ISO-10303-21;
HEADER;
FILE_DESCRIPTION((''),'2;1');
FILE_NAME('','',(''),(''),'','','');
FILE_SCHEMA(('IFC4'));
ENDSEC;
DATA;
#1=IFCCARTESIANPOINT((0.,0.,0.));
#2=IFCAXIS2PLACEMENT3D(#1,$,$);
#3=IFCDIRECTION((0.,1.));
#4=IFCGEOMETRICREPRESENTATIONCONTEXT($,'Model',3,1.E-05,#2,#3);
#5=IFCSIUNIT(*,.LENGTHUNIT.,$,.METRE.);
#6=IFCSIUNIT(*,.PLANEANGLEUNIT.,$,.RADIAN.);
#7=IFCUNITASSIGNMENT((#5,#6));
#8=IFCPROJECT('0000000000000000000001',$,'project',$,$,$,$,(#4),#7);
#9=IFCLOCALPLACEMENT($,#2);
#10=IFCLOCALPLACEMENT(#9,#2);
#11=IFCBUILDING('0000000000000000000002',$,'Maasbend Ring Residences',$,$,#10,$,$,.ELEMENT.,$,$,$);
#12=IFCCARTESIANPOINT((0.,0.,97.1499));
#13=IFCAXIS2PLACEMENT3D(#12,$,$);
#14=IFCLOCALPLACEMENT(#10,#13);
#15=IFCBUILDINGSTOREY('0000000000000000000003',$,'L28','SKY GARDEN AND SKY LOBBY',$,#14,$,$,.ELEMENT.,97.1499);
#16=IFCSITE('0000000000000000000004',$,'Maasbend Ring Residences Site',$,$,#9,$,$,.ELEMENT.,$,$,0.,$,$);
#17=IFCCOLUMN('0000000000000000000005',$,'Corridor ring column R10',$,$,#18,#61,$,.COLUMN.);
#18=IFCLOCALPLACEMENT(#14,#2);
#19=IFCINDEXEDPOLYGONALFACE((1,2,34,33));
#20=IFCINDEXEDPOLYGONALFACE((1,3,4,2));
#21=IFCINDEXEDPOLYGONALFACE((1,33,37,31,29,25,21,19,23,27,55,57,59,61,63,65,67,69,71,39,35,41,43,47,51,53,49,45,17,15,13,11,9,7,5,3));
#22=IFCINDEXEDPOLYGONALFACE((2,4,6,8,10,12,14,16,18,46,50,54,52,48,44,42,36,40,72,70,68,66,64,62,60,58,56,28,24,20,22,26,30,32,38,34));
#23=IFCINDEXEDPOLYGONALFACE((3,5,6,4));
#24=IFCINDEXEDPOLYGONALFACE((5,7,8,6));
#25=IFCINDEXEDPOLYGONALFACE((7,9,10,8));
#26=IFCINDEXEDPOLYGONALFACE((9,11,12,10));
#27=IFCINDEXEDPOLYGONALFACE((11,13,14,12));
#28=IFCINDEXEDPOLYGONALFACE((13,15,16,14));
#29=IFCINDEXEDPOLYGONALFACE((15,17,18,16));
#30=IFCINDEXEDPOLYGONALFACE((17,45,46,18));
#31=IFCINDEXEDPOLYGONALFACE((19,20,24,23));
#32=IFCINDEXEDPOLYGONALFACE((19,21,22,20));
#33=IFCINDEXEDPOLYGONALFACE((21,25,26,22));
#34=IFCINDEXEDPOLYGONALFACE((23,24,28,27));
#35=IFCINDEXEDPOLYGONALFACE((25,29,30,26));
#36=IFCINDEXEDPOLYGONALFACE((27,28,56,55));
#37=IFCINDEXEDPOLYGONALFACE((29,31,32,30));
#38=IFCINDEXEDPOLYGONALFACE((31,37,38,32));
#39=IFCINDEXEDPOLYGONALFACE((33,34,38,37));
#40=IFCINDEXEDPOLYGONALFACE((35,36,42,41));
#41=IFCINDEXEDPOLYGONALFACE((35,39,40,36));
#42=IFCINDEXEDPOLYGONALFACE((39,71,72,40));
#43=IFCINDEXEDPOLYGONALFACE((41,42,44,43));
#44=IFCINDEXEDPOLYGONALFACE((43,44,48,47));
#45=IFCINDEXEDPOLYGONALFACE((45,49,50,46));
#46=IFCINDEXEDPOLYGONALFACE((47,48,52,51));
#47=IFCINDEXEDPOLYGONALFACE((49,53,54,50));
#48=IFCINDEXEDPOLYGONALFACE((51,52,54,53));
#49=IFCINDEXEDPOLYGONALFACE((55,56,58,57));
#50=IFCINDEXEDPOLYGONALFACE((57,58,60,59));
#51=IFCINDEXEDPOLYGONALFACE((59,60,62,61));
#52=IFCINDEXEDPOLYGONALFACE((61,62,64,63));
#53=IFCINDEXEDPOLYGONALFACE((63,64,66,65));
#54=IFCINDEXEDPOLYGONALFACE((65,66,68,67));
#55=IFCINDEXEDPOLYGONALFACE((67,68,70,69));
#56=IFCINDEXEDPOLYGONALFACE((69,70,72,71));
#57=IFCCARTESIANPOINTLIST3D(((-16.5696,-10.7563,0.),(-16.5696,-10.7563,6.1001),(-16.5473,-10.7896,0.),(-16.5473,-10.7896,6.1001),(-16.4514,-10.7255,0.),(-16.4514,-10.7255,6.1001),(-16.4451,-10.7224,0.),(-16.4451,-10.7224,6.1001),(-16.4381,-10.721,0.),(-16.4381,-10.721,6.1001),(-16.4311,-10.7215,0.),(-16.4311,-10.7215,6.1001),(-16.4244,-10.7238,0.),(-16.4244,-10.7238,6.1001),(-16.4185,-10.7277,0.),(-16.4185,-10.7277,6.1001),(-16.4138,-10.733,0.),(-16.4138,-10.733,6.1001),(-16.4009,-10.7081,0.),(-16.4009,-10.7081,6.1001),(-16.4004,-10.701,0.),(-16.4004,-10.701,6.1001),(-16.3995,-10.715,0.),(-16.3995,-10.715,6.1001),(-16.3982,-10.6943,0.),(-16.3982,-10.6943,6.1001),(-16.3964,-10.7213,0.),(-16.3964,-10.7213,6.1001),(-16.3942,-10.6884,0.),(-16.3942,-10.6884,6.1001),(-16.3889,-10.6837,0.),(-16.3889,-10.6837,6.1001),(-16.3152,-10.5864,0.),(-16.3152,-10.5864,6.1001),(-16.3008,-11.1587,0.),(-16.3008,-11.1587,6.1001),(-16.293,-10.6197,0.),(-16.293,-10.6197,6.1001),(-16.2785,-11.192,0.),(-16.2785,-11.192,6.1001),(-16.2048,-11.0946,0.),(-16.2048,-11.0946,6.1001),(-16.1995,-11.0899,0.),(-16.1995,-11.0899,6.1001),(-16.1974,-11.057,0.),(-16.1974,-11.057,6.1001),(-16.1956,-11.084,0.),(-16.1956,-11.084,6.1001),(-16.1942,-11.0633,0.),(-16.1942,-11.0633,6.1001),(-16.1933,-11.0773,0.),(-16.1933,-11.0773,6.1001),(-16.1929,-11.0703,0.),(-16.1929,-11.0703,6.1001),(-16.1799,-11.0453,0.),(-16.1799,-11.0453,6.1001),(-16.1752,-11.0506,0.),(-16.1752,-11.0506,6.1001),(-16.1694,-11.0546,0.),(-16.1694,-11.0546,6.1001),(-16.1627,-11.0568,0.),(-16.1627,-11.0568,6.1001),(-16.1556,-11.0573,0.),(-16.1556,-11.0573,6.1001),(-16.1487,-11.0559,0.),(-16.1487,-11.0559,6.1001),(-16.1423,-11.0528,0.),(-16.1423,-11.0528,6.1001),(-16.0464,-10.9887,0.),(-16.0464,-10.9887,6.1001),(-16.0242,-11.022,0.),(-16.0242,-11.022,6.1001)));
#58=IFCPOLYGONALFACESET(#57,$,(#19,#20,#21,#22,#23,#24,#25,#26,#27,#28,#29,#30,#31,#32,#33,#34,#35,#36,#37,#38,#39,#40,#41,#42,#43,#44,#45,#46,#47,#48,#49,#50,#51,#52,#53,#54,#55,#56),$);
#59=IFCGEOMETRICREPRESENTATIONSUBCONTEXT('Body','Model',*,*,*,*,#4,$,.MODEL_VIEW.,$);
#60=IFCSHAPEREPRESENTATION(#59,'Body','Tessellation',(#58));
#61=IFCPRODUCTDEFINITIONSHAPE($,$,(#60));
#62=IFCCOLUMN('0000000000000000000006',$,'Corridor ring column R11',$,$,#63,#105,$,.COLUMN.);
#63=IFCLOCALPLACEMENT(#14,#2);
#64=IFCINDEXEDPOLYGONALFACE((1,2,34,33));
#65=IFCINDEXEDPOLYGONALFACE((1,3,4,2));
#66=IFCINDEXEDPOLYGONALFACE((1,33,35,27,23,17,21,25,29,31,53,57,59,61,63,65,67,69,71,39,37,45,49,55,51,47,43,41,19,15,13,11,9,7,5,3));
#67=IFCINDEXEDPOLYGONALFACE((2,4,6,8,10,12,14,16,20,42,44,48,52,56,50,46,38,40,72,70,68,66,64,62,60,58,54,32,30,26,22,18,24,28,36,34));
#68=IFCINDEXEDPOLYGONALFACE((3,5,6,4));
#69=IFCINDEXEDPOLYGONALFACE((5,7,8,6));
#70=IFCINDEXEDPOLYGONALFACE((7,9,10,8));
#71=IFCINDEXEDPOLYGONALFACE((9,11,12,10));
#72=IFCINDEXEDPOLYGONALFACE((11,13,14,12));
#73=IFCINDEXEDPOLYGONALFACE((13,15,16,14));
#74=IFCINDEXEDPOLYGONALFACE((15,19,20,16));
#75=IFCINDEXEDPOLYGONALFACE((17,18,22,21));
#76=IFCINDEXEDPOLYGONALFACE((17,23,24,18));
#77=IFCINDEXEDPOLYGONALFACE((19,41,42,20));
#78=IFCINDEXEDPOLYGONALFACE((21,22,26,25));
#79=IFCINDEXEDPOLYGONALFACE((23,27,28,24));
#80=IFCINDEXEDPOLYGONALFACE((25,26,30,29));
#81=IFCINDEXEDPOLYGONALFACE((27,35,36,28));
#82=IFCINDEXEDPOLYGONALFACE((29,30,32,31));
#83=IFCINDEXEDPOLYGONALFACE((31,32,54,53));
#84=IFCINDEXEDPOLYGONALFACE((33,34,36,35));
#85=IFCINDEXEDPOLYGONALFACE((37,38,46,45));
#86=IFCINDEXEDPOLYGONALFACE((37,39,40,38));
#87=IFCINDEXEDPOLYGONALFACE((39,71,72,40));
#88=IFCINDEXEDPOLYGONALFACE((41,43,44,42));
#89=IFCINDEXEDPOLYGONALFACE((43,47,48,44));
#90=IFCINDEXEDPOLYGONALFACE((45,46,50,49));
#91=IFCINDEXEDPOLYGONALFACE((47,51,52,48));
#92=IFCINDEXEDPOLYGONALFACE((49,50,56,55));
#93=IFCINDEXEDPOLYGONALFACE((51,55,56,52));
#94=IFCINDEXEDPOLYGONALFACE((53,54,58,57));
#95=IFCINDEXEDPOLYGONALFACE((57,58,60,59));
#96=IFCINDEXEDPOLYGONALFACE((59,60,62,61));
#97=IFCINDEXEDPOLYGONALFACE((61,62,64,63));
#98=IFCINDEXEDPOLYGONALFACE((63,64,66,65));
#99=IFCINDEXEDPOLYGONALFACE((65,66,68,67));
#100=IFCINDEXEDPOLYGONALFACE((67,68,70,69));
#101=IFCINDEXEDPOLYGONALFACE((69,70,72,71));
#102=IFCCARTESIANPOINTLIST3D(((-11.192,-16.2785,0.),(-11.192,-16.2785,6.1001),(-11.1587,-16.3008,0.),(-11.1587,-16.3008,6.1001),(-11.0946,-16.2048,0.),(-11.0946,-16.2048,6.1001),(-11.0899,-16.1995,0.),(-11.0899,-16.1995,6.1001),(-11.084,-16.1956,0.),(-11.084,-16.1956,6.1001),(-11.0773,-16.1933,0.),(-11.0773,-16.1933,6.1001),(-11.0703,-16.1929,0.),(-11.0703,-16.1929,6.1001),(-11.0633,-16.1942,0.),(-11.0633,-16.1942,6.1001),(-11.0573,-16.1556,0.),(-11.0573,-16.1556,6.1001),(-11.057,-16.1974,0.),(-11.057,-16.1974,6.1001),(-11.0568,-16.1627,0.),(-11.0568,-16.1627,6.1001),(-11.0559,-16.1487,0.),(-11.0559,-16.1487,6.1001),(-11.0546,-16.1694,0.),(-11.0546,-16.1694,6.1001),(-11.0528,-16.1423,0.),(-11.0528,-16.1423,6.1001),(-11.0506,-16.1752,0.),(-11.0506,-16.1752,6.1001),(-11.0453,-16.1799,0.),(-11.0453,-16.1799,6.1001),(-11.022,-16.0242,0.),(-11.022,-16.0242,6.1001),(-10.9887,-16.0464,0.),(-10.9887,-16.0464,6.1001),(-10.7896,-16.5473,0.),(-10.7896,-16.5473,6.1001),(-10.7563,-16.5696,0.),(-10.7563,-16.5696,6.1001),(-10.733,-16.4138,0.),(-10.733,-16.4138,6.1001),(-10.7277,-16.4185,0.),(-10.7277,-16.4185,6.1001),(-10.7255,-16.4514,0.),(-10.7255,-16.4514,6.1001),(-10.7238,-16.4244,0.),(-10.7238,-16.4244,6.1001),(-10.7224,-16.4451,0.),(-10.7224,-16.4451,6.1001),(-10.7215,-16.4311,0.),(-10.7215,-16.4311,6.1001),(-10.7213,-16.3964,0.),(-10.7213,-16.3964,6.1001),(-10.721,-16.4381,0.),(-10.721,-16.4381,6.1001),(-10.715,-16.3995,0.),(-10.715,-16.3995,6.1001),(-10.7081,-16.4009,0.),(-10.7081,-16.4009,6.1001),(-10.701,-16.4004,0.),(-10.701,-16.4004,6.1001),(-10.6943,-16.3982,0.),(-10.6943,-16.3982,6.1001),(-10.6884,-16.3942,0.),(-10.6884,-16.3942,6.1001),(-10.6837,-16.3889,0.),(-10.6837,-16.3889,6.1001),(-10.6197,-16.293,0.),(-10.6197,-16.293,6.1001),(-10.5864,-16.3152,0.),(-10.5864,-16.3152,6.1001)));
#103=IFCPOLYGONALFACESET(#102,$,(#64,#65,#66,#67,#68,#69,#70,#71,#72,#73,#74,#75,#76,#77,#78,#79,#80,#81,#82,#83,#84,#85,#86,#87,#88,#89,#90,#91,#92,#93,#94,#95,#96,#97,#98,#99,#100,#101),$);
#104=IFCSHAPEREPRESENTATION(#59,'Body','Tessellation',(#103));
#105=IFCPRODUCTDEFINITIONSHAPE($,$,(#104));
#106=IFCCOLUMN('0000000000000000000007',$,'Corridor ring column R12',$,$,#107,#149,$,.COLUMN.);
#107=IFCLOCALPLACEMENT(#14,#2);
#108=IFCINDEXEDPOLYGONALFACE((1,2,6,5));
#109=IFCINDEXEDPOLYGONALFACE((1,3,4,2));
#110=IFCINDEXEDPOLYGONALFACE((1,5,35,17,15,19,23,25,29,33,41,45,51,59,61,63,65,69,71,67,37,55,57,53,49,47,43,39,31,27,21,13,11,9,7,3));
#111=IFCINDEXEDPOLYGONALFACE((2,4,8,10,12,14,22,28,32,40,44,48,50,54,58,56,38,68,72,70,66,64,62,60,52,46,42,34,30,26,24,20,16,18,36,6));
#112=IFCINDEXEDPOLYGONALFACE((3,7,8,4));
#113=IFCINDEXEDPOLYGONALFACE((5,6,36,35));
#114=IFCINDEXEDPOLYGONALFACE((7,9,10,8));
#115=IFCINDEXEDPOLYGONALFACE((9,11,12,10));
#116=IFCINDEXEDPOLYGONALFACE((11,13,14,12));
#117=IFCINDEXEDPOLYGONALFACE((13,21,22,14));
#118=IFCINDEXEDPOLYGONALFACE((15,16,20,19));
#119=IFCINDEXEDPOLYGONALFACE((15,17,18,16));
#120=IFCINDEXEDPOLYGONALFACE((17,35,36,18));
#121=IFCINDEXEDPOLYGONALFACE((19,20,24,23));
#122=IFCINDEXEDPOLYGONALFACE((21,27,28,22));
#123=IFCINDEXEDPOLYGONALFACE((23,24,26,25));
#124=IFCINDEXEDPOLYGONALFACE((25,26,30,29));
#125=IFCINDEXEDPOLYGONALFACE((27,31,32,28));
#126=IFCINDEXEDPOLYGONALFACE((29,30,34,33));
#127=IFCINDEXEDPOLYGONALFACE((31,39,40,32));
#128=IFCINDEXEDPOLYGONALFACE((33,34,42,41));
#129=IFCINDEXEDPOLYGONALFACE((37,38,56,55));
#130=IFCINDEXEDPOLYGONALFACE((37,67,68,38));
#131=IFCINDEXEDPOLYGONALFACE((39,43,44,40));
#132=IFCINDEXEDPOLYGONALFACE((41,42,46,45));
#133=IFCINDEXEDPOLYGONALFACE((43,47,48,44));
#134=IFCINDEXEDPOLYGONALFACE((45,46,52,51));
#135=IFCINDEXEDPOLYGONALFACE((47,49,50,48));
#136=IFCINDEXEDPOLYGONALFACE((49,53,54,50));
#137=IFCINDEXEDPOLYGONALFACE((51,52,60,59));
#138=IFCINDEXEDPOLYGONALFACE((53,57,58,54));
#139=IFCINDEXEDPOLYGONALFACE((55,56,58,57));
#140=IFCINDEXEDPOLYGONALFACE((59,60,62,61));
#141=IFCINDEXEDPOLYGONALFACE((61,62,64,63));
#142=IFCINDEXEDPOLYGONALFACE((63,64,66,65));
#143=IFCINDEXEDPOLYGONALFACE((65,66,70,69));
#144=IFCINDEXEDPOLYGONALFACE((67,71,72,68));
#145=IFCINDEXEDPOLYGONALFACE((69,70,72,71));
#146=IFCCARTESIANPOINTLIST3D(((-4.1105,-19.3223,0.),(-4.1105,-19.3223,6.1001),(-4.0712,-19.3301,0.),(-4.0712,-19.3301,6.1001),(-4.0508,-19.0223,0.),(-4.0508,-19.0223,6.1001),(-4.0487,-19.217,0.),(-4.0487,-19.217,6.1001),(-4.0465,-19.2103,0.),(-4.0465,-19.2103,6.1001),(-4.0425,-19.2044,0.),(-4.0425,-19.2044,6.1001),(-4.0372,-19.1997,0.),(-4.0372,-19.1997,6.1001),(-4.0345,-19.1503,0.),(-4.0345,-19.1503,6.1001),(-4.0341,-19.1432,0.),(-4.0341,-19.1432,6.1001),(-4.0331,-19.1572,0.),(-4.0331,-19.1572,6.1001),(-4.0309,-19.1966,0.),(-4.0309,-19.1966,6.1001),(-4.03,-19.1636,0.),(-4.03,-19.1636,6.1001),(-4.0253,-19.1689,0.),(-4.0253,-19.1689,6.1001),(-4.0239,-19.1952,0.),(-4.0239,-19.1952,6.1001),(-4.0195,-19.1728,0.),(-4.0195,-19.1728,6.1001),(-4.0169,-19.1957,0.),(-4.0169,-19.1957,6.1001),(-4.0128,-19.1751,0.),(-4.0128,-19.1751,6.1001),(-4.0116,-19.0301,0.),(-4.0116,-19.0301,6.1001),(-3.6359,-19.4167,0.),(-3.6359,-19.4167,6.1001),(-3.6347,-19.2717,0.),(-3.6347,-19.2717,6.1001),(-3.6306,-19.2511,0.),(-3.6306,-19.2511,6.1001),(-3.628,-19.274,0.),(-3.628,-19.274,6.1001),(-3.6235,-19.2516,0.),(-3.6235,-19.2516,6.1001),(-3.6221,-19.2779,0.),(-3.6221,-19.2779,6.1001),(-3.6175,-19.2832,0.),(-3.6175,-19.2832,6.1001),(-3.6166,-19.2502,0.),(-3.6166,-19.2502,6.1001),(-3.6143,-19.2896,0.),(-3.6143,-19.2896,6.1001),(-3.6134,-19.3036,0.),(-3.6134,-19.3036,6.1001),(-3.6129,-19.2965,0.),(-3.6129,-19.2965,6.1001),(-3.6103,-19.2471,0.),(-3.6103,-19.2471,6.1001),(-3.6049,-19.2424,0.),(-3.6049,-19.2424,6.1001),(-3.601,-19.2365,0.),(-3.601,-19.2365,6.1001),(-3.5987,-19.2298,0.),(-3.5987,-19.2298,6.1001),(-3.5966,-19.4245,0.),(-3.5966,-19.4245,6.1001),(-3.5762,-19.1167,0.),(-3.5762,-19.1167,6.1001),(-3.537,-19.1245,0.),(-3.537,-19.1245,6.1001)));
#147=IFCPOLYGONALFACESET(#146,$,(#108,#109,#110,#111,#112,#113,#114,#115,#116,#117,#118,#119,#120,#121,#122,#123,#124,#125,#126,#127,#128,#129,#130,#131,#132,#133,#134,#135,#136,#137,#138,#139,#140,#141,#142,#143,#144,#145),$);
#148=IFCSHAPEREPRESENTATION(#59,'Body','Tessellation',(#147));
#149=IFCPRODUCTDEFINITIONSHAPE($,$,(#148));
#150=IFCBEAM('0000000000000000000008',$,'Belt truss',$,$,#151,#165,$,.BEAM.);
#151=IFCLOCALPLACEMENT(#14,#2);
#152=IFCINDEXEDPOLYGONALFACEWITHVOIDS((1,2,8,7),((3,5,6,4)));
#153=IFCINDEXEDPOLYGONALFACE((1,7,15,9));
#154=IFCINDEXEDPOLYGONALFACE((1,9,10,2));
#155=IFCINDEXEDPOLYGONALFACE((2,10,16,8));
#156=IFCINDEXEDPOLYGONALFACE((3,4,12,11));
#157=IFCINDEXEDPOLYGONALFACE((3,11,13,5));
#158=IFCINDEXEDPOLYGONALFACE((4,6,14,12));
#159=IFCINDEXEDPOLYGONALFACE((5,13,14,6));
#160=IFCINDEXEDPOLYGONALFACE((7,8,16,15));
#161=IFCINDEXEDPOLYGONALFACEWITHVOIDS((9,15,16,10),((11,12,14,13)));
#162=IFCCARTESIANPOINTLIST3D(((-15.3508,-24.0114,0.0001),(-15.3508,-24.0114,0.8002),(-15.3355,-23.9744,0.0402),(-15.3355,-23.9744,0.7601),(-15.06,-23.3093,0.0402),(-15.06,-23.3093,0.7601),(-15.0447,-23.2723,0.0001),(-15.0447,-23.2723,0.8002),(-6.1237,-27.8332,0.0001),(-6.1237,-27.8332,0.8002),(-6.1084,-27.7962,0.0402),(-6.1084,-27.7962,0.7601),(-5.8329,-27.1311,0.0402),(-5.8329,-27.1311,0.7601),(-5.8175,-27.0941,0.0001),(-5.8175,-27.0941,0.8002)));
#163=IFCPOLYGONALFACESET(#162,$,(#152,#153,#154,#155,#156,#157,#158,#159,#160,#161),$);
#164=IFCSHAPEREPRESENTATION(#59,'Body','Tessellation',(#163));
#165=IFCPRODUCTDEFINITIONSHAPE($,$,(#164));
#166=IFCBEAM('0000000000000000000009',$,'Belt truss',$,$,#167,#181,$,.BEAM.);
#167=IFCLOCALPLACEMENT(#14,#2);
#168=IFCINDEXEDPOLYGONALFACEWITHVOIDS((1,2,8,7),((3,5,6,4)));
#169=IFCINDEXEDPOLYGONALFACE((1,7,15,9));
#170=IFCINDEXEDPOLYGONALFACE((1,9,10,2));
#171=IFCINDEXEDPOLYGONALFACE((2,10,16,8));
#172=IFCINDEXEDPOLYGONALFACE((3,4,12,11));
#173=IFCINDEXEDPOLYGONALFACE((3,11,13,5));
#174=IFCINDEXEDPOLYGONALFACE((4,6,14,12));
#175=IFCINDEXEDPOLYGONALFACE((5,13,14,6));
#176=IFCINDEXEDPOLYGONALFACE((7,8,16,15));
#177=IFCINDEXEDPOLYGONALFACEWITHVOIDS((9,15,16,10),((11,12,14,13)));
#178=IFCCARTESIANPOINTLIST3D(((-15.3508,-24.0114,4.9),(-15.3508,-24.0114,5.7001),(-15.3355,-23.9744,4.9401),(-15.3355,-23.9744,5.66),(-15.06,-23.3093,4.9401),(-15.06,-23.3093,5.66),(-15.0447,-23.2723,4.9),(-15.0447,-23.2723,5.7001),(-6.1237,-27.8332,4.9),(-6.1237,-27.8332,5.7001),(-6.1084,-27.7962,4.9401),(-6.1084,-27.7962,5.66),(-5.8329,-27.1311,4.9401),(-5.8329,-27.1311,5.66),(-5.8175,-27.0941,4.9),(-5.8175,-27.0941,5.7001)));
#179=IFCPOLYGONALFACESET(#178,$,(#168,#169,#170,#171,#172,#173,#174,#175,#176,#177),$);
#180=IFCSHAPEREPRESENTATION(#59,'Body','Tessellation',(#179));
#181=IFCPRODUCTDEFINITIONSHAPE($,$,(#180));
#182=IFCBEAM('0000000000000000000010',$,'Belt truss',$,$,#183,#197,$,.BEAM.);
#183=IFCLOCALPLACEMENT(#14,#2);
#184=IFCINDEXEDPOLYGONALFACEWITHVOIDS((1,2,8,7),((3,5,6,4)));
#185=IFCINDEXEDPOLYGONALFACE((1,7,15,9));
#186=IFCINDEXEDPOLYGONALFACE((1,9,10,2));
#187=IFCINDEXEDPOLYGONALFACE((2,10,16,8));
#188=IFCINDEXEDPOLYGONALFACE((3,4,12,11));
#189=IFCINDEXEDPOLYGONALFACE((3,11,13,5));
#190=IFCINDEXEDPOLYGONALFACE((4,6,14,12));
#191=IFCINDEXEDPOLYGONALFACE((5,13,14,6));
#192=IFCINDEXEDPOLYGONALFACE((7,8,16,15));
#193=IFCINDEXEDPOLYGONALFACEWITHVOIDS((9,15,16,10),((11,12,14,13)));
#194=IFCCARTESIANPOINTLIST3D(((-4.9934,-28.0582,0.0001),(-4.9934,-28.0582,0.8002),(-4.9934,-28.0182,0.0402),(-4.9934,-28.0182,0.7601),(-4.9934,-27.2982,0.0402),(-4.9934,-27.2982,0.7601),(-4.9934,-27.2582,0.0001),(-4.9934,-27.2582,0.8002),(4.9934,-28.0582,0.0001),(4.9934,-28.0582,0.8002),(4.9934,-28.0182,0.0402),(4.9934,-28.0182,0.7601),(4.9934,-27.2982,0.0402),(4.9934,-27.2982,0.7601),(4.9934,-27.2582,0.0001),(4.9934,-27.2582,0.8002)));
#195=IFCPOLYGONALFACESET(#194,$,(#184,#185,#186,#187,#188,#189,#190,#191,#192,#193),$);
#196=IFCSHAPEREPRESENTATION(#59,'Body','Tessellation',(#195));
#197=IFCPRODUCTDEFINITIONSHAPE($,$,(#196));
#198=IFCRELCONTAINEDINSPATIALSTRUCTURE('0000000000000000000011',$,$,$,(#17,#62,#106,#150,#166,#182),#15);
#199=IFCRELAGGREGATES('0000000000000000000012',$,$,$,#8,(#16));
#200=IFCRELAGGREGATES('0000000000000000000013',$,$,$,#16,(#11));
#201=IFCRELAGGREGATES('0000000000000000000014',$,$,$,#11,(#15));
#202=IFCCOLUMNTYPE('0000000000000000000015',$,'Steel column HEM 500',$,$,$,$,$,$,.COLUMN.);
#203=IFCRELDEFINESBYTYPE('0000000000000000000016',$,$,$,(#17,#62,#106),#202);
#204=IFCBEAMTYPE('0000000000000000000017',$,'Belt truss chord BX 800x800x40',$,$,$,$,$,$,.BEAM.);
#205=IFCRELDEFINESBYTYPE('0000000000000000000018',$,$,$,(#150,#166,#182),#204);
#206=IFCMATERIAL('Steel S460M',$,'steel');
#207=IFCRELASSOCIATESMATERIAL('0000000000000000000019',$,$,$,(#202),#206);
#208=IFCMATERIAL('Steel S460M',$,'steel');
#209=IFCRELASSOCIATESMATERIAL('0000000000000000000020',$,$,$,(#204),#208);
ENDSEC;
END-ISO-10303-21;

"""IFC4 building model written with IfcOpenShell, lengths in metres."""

from ifc_helpers import new_model, si_unit, direction, frame, origin, origin_2d, place, context, subcontext, project, spatial, hollow_rectangle, i_section, extrude, material, material_profile, profile_set, type_object, element, save


model = new_model("IFC4")

# Units and contexts
model_context = context("Model", 3, precision=1e-05, world=origin(), true_north=direction((0.0, 1.0)))
body_context = subcontext(model_context, "Body", "Model", "MODEL_VIEW")
ifc_project = project(units=[si_unit("LENGTHUNIT", "METRE"), si_unit("PLANEANGLEUNIT", "RADIAN")], contexts=[model_context])

# Site, building, storey
site_placement = place(None, origin())
site = spatial("IfcSite", under=ifc_project, at=site_placement, Name="Maasbend Ring Residences Site", CompositionType="ELEMENT", RefElevation=0.0)
building_placement = place(site_placement, origin())
building = spatial("IfcBuilding", under=site, at=building_placement, Name="Maasbend Ring Residences", CompositionType="ELEMENT")
storey_placement = place(building_placement, frame((0.0, 0.0, 97.1499)))
storey = spatial("IfcBuildingStorey", under=building, at=storey_placement, Name="L28", Description="SKY GARDEN AND SKY LOBBY", CompositionType="ELEMENT", Elevation=97.1499)

# Columns
ifc_material_1 = material(Name="Steel S460M", Category="steel")
ifc_material_profile_1 = material_profile(ifc_material_1, i_section(OverallWidth=0.3059, OverallDepth=0.5239, WebThickness=0.021, FlangeThickness=0.04, FilletRadius=0.0271, at=origin_2d()), Name="HEM 500")
ifc_profile_set_1 = profile_set([ifc_material_profile_1], Name="Steel S460M")
column_type_1 = type_object("IfcColumnType", Name="Steel column HEM 500", PredefinedType="COLUMN", material=ifc_profile_set_1)
for number, where, z_axis, x_axis, name in (
    (1, (-16.2969, -10.8892, 0.0), (0.0, 0.0, 1.0), (-0.83147, -0.55557, 0.0), "Corridor ring column R10"),
    (2, (-10.8892, -16.2969, 0.0), (0.0, 0.0, 1.0), (-0.55557, -0.83147, 0.0), "Corridor ring column R11"),
    (3, (-3.8237, -19.2234, 0.0), (0.0, 0.0, 1.0), (-0.19509, -0.980785, 0.0), "Corridor ring column R12"),
):
    element("IfcColumn", number, at=place(storey_placement, frame(where, z_axis=z_axis, x_axis=x_axis)), inside=storey, type_object=column_type_1, Name=name, PredefinedType="COLUMN", context=body_context, shape_type="SweptSolid", body=[
        extrude(i_section(OverallWidth=0.3059, OverallDepth=0.5239, WebThickness=0.021, FlangeThickness=0.04, FilletRadius=0.0271, at=origin_2d()), origin(), (0.0, 0.0, 1.0), 6.1001),
    ])

# Beams
ifc_material_2 = material(Name="Steel S460M", Category="steel")
ifc_material_profile_2 = material_profile(ifc_material_2, hollow_rectangle(XDim=0.8, YDim=0.8, WallThickness=0.04, at=origin_2d()), Name="Belt truss chord BX 800x800x40")
ifc_profile_set_2 = profile_set([ifc_material_profile_2], Name="Steel S460M")
beam_type_1 = type_object("IfcBeamType", Name="Belt truss chord BX 800x800x40", PredefinedType="BEAM", material=ifc_profile_set_2)
for number, where, z_axis, x_axis, name in (
    (4, (-15.1978, -23.6418, 0.4001), (0.923886, -0.382667, 0.0), (0.382667, 0.923886, 0.0), "Belt truss"),
    (5, (-15.1978, -23.6418, 5.3), (0.923886, -0.382667, 0.0), (0.382667, 0.923886, 0.0), "Belt truss"),
):
    element("IfcBeam", number, at=place(storey_placement, frame(where, z_axis=z_axis, x_axis=x_axis)), inside=storey, type_object=beam_type_1, Name=name, PredefinedType="BEAM", context=body_context, shape_type="SweptSolid", body=[
        extrude(hollow_rectangle(XDim=0.8, YDim=0.8, WallThickness=0.04, at=origin_2d()), origin(), (0.0, 0.0, 1.0), 9.9873),
    ])
beam_placement = place(storey_placement, frame((-4.9934, -27.6582, 0.4001), z_axis=(1.0, 0.0, 0.0), x_axis=(0.0, 1.0, 0.0)))
element("IfcBeam", 6, at=beam_placement, inside=storey, type_object=beam_type_1, Name="Belt truss", PredefinedType="BEAM", context=body_context, shape_type="SweptSolid", body=[
    extrude(hollow_rectangle(XDim=0.8, YDim=0.8, WallThickness=0.04, at=origin_2d()), origin(), (0.0, 0.0, 1.0), 9.9868),
])

save(model, "model.ifc")
